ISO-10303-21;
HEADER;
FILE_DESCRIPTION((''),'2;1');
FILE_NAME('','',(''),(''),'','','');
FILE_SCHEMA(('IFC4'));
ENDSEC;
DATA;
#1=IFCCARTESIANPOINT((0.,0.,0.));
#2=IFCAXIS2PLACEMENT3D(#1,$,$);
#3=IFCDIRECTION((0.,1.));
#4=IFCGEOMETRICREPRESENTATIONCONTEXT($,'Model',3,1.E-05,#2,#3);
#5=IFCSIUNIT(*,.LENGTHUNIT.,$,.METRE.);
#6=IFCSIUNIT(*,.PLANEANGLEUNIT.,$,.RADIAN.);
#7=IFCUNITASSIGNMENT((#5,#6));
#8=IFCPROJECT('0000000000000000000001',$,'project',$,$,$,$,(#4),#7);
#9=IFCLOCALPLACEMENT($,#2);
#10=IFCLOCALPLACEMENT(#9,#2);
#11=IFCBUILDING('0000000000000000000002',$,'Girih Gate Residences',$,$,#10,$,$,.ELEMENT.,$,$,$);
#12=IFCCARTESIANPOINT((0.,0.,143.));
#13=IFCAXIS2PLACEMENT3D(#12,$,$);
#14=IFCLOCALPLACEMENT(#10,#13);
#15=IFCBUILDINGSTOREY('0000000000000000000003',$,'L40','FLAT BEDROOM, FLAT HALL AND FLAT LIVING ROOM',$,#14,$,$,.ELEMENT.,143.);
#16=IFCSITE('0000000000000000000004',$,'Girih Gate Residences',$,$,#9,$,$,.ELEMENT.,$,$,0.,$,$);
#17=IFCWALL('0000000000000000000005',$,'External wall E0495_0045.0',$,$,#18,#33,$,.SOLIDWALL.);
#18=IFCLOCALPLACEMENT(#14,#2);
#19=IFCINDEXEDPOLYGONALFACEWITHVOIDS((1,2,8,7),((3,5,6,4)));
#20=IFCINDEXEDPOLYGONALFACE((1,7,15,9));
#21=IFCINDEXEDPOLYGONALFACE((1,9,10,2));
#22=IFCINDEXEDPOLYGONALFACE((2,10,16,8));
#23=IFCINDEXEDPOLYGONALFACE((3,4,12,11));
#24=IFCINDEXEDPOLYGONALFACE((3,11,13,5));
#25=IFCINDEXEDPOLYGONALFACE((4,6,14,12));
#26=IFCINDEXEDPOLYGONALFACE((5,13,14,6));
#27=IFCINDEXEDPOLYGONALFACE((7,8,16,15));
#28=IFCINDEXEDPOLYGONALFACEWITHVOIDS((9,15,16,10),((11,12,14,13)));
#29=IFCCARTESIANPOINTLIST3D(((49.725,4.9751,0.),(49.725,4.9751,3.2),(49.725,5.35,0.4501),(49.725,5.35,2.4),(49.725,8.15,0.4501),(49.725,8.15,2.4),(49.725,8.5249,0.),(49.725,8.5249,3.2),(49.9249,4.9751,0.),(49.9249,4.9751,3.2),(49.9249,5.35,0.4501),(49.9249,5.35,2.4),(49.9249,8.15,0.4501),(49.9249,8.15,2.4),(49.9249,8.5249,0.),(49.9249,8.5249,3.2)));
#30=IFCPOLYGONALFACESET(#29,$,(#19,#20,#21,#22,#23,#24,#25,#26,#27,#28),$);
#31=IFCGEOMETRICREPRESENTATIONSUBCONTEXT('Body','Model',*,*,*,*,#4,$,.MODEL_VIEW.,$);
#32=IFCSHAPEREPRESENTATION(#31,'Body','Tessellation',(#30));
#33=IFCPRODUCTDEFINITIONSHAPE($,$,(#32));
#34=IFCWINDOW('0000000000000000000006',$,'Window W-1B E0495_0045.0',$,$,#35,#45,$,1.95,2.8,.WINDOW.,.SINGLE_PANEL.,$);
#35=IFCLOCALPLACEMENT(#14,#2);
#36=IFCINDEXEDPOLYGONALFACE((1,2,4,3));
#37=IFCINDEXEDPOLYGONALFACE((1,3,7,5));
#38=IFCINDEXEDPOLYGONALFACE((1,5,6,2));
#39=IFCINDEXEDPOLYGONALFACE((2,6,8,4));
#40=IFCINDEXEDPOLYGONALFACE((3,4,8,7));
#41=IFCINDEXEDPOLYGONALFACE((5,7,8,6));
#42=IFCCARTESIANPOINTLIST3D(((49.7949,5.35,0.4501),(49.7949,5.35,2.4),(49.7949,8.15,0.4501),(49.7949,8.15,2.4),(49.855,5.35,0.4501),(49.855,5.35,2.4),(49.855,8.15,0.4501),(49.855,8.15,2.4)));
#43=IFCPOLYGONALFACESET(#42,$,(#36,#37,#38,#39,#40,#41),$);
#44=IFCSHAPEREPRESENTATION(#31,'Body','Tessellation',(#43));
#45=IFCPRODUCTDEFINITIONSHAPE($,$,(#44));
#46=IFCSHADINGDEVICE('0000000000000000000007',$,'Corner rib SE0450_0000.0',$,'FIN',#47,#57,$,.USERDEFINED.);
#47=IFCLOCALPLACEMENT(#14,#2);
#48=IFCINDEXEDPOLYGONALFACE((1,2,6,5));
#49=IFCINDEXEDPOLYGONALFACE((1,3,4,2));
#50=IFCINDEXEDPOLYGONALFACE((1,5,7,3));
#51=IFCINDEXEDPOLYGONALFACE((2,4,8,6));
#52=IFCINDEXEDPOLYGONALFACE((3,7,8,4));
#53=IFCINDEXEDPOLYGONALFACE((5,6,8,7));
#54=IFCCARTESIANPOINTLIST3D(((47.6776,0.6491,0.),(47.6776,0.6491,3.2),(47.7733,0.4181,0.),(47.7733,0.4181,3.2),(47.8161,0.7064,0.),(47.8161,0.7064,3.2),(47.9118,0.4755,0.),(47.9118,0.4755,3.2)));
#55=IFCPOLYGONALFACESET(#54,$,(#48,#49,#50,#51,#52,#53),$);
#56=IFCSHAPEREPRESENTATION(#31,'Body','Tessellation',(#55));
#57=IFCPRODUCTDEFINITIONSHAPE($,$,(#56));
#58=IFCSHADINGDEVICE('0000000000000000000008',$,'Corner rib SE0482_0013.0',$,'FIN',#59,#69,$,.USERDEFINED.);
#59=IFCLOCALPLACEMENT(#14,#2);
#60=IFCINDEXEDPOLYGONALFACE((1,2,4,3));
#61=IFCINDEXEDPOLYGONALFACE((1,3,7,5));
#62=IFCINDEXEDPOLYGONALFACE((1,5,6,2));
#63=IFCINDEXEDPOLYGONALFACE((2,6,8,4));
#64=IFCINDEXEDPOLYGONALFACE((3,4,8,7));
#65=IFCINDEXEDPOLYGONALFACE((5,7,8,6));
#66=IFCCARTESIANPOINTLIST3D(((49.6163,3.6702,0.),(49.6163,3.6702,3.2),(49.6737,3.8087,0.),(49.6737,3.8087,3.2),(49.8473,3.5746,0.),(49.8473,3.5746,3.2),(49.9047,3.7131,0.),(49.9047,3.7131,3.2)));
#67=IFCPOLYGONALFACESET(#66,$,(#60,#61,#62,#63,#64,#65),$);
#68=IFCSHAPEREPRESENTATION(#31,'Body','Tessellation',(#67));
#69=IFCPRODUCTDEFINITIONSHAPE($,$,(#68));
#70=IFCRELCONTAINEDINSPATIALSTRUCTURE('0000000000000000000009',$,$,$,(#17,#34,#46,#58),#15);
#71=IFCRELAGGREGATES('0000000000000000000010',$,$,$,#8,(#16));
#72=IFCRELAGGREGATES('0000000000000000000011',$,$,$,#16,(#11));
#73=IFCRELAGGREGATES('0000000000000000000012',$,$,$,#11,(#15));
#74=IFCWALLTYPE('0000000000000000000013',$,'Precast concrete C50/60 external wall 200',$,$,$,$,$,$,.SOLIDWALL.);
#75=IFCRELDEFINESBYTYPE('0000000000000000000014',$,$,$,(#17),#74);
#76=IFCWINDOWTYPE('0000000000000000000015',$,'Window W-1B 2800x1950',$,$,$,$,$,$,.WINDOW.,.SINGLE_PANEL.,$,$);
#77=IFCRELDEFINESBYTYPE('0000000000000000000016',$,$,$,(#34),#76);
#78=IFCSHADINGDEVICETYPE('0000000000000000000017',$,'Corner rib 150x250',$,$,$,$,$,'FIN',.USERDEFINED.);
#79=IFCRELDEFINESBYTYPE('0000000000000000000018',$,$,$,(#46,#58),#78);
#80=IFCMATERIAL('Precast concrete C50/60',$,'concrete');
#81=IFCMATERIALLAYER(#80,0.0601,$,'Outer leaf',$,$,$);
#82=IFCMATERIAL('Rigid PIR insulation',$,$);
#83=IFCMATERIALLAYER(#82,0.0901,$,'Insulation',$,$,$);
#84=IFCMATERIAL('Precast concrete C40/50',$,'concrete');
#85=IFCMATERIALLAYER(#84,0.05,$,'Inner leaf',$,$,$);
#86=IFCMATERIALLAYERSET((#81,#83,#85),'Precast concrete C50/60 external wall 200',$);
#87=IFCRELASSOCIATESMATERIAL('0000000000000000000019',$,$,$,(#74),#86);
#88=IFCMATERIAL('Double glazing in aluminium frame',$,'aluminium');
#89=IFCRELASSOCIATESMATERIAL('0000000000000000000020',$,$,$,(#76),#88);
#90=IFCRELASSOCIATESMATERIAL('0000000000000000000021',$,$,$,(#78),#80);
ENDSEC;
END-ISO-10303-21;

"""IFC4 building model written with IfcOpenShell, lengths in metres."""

from ifc_helpers import new_model, si_unit, direction, frame, frame_2d, origin, origin_2d, place, context, subcontext, project, spatial, rectangle, extrude, material, layer, layer_set, type_object, element, fill, save


model = new_model("IFC4")

# Units and contexts
model_context = context("Model", 3, precision=1e-05, world=origin(), true_north=direction((0.0, 1.0)))
body_context = subcontext(model_context, "Body", "Model", "MODEL_VIEW")
ifc_project = project(units=[si_unit("LENGTHUNIT", "METRE"), si_unit("PLANEANGLEUNIT", "RADIAN")], contexts=[model_context])

# Site, building, storey
site_placement = place(None, origin())
site = spatial("IfcSite", under=ifc_project, at=site_placement, Name="Girih Gate Residences", CompositionType="ELEMENT", RefElevation=0.0)
building_placement = place(site_placement, origin())
building = spatial("IfcBuilding", under=site, at=building_placement, Name="Girih Gate Residences", CompositionType="ELEMENT")
storey_placement = place(building_placement, frame((0.0, 0.0, 143.0)))
storey = spatial("IfcBuildingStorey", under=building, at=storey_placement, Name="L40", Description="FLAT BEDROOM, FLAT HALL AND FLAT LIVING ROOM", CompositionType="ELEMENT", Elevation=143.0)

# Wall, opening, window
ifc_material_1 = material(Name="Precast concrete C50/60", Category="concrete")
ifc_layer_1 = layer(ifc_material_1, 0.0601, Name="Outer leaf")
ifc_material_2 = material(Name="Rigid PIR insulation")
ifc_layer_2 = layer(ifc_material_2, 0.0901, Name="Insulation")
ifc_material_3 = material(Name="Precast concrete C40/50", Category="concrete")
ifc_layer_3 = layer(ifc_material_3, 0.05, Name="Inner leaf")
ifc_layer_set_1 = layer_set([ifc_layer_1, ifc_layer_2, ifc_layer_3], Name="Precast concrete C50/60 external wall 200")
wall_type_1 = type_object("IfcWallType", Name="Precast concrete C50/60 external wall 200", PredefinedType="SOLIDWALL", material=ifc_layer_set_1)
ifc_material_4 = material(Name="Double glazing in aluminium frame", Category="aluminium")
wall_1_placement = place(storey_placement, frame((49.825, 8.5249, 0.0), z_axis=(0.0, 0.0, 1.0), x_axis=(0.0, -1.0, 0.0)))
wall_1 = element("IfcWall", 1, at=wall_1_placement, inside=storey, type_object=wall_type_1, Name="External wall E0495_0045.0", PredefinedType="SOLIDWALL", context=body_context, shape_type="SweptSolid", body=[
    extrude(rectangle(XDim=3.5498, YDim=0.2, at=frame_2d((1.7749, 0.0))), origin(), (0.0, 0.0, 1.0), 3.2),
])
opening_1_placement = place(wall_1_placement, frame((0.375, 0.0, 0.45)))
opening_1 = element("IfcOpeningElement", 2, at=opening_1_placement, cuts=wall_1, PredefinedType="OPENING", context=body_context, shape_type="SweptSolid", body=[
    extrude(rectangle(XDim=2.8, YDim=1.95, at=frame_2d((1.3999, 0.9751))), frame((0.0, 0.1099, 0.0), z_axis=(0.0, -1.0, 0.0), x_axis=(1.0, 0.0, 0.0)), (0.0, 0.0, 1.0), 0.22),
])
window_type_1 = type_object("IfcWindowType", Name="Window W-1B 2800x1950", PartitioningType="SINGLE_PANEL", PredefinedType="WINDOW", material=ifc_material_4)
window_1_placement = place(opening_1_placement, origin())
window_1 = element("IfcWindow", 3, at=window_1_placement, inside=storey, type_object=window_type_1, Name="Window W-1B E0495_0045.0", OverallHeight=1.95, OverallWidth=2.8, PartitioningType="SINGLE_PANEL", PredefinedType="WINDOW", context=body_context, shape_type="SweptSolid", body=[
    extrude(rectangle(XDim=2.8, YDim=1.95, at=frame_2d((1.3999, 0.9751))), frame((0.0, 0.03, 0.0), z_axis=(0.0, -1.0, 0.0), x_axis=(1.0, 0.0, 0.0)), (0.0, 0.0, 1.0), 0.0601),
])
fill(opening_1, window_1)

# Shading devices
shading_device_type = type_object("IfcShadingDeviceType", Name="Corner rib 150x250", ElementType="FIN", PredefinedType="USERDEFINED", material=ifc_material_1)
for number, where, z_axis, x_axis, name in (
    (4, (47.7947, 0.5623, 0.0), (0.0, 0.0, 1.0), (0.92388, 0.382683, 0.0), "Corner rib SE0450_0000.0"),
    (5, (49.7605, 3.6917, 0.0), (0.0, 0.0, 1.0), (0.382683, 0.92388, 0.0), "Corner rib SE0482_0013.0"),
):
    element("IfcShadingDevice", number, at=place(storey_placement, frame(where, z_axis=z_axis, x_axis=x_axis)), inside=storey, type_object=shading_device_type, Name=name, ObjectType="FIN", PredefinedType="USERDEFINED", context=body_context, shape_type="SweptSolid", body=[
        extrude(rectangle(XDim=0.1499, YDim=0.25, at=origin_2d()), origin(), (0.0, 0.0, 1.0), 3.2),
    ])

save(model, "model.ifc")
